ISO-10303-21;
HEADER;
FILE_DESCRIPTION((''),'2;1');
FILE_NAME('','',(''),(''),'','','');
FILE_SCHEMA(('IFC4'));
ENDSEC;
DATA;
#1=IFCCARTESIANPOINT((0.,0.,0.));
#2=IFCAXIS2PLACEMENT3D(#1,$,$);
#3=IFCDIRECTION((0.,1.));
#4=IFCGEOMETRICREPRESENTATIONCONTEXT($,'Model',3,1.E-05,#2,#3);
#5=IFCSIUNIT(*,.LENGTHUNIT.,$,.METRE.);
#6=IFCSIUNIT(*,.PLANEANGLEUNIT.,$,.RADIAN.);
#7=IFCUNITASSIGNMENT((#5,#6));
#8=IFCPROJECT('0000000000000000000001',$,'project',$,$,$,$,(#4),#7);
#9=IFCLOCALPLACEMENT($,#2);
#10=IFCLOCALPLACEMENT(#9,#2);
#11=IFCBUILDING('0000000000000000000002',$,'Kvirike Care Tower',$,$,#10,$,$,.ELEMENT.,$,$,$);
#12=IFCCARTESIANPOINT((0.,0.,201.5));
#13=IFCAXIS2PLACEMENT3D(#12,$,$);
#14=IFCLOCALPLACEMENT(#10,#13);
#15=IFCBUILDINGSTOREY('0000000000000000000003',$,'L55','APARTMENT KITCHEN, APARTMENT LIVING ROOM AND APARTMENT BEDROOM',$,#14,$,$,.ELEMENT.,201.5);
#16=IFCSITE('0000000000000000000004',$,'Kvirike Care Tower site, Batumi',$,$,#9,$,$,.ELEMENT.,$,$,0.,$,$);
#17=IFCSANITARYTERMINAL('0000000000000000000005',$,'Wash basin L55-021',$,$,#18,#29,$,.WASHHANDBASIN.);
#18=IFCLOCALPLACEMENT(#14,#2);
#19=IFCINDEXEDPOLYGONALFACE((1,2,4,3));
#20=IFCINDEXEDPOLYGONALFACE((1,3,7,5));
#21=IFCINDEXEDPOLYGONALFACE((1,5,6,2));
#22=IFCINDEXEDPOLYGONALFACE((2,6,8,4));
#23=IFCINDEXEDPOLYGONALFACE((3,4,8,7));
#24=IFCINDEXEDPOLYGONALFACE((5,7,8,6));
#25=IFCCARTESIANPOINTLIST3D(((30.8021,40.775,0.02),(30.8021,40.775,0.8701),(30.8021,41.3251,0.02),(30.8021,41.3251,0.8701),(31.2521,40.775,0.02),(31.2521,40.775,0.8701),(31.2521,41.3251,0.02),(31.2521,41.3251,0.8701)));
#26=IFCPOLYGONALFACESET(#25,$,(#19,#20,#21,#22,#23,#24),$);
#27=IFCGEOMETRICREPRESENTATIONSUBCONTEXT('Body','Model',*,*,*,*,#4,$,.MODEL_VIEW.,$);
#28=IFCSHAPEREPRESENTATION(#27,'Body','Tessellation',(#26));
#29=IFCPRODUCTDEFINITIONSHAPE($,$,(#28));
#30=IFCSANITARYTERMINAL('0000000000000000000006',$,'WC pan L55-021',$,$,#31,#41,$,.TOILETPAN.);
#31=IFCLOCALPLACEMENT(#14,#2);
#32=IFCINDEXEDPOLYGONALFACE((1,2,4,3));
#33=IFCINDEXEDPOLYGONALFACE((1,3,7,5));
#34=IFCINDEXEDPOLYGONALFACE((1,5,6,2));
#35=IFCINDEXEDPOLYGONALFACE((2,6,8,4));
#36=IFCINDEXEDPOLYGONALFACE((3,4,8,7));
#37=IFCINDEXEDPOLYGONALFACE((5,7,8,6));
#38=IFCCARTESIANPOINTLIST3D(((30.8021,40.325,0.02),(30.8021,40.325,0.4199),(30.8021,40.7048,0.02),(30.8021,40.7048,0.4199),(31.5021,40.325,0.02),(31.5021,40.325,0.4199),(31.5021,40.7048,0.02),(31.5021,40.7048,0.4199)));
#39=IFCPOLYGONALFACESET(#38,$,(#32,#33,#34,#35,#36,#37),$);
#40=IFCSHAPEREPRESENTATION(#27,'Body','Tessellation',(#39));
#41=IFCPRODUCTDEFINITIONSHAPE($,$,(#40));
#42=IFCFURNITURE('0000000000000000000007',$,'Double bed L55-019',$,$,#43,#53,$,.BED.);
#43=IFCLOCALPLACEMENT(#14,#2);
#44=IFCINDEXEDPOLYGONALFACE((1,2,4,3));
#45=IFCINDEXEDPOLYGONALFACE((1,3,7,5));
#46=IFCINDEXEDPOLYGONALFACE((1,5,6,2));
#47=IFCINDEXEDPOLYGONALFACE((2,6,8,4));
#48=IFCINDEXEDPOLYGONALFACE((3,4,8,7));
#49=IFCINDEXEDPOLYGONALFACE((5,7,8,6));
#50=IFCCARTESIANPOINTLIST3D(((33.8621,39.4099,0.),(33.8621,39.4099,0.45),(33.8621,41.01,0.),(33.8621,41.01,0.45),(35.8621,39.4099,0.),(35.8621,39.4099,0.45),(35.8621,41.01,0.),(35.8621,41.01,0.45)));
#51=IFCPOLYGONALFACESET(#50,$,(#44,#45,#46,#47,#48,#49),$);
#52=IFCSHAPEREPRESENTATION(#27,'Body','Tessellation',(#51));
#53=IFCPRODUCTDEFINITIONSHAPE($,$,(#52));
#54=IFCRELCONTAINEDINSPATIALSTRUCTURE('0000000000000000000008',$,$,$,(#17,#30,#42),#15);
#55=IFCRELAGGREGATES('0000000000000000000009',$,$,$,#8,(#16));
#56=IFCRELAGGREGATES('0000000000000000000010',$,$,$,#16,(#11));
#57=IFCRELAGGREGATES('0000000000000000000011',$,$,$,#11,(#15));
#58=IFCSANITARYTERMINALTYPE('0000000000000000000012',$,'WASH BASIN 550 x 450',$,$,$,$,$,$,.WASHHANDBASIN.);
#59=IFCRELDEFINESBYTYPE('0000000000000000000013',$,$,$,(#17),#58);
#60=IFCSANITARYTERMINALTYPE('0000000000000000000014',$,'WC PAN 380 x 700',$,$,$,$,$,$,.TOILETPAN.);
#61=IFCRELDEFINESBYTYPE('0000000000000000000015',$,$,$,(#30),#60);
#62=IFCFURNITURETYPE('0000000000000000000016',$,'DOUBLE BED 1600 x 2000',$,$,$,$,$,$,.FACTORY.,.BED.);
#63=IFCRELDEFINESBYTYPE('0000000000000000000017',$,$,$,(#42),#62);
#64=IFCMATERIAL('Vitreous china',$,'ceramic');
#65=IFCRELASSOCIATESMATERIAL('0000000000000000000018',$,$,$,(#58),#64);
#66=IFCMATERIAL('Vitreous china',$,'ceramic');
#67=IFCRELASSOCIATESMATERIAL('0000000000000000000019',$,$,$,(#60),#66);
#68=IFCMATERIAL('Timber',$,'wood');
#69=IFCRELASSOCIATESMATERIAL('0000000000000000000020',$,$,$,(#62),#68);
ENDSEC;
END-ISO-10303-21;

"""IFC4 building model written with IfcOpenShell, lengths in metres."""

from ifc_helpers import new_model, si_unit, direction, frame, origin, origin_2d, place, context, subcontext, project, spatial, rectangle, extrude, material, type_object, element, save


model = new_model("IFC4")

# Units and contexts
model_context = context("Model", 3, precision=1e-05, world=origin(), true_north=direction((0.0, 1.0)))
body_context = subcontext(model_context, "Body", "Model", "MODEL_VIEW")
ifc_project = project(units=[si_unit("LENGTHUNIT", "METRE"), si_unit("PLANEANGLEUNIT", "RADIAN")], contexts=[model_context])

# Site, building, storey
site_placement = place(None, origin())
site = spatial("IfcSite", under=ifc_project, at=site_placement, Name="Kvirike Care Tower site, Batumi", CompositionType="ELEMENT", RefElevation=0.0)
building_placement = place(site_placement, origin())
building = spatial("IfcBuilding", under=site, at=building_placement, Name="Kvirike Care Tower", CompositionType="ELEMENT")
storey_placement = place(building_placement, frame((0.0, 0.0, 201.5)))
storey = spatial("IfcBuildingStorey", under=building, at=storey_placement, Name="L55", Description="APARTMENT KITCHEN, APARTMENT LIVING ROOM AND APARTMENT BEDROOM", CompositionType="ELEMENT", Elevation=201.5)

# Sanitary terminals
ifc_material_1 = material(Name="Vitreous china", Category="ceramic")
sanitary_terminal_type_1 = type_object("IfcSanitaryTerminalType", Name="WASH BASIN 550 x 450", PredefinedType="WASHHANDBASIN", material=ifc_material_1)
sanitary_terminal_1_placement = place(storey_placement, frame((31.0271, 41.05, 0.02), z_axis=(0.0, 0.0, 1.0), x_axis=(0.0, 1.0, 0.0)))
element("IfcSanitaryTerminal", 1, at=sanitary_terminal_1_placement, inside=storey, type_object=sanitary_terminal_type_1, Name="Wash basin L55-021", PredefinedType="WASHHANDBASIN", context=body_context, shape_type="SweptSolid", body=[
    extrude(rectangle(XDim=0.55, YDim=0.45, at=origin_2d()), origin(), (0.0, 0.0, 1.0), 0.8501),
])
ifc_material_2 = material(Name="Vitreous china", Category="ceramic")
sanitary_terminal_type_2 = type_object("IfcSanitaryTerminalType", Name="WC PAN 380 x 700", PredefinedType="TOILETPAN", material=ifc_material_2)
sanitary_terminal_2_placement = place(storey_placement, frame((31.1521, 40.5149, 0.02), z_axis=(0.0, 0.0, 1.0), x_axis=(0.0, 1.0, 0.0)))
element("IfcSanitaryTerminal", 2, at=sanitary_terminal_2_placement, inside=storey, type_object=sanitary_terminal_type_2, Name="WC pan L55-021", PredefinedType="TOILETPAN", context=body_context, shape_type="SweptSolid", body=[
    extrude(rectangle(XDim=0.3799, YDim=0.7, at=origin_2d()), origin(), (0.0, 0.0, 1.0), 0.3999),
])

# Furniture
ifc_material_3 = material(Name="Timber", Category="wood")
furniture_type = type_object("IfcFurnitureType", Name="DOUBLE BED 1600 x 2000", AssemblyPlace="FACTORY", PredefinedType="BED", material=ifc_material_3)
furniture_placement = place(storey_placement, frame((34.8621, 40.21, 0.0), z_axis=(0.0, 0.0, 1.0), x_axis=(0.0, 1.0, 0.0)))
element("IfcFurniture", 3, at=furniture_placement, inside=storey, type_object=furniture_type, Name="Double bed L55-019", PredefinedType="BED", context=body_context, shape_type="SweptSolid", body=[
    extrude(rectangle(XDim=1.6001, YDim=2.0, at=origin_2d()), origin(), (0.0, 0.0, 1.0), 0.45),
])

save(model, "model.ifc")
